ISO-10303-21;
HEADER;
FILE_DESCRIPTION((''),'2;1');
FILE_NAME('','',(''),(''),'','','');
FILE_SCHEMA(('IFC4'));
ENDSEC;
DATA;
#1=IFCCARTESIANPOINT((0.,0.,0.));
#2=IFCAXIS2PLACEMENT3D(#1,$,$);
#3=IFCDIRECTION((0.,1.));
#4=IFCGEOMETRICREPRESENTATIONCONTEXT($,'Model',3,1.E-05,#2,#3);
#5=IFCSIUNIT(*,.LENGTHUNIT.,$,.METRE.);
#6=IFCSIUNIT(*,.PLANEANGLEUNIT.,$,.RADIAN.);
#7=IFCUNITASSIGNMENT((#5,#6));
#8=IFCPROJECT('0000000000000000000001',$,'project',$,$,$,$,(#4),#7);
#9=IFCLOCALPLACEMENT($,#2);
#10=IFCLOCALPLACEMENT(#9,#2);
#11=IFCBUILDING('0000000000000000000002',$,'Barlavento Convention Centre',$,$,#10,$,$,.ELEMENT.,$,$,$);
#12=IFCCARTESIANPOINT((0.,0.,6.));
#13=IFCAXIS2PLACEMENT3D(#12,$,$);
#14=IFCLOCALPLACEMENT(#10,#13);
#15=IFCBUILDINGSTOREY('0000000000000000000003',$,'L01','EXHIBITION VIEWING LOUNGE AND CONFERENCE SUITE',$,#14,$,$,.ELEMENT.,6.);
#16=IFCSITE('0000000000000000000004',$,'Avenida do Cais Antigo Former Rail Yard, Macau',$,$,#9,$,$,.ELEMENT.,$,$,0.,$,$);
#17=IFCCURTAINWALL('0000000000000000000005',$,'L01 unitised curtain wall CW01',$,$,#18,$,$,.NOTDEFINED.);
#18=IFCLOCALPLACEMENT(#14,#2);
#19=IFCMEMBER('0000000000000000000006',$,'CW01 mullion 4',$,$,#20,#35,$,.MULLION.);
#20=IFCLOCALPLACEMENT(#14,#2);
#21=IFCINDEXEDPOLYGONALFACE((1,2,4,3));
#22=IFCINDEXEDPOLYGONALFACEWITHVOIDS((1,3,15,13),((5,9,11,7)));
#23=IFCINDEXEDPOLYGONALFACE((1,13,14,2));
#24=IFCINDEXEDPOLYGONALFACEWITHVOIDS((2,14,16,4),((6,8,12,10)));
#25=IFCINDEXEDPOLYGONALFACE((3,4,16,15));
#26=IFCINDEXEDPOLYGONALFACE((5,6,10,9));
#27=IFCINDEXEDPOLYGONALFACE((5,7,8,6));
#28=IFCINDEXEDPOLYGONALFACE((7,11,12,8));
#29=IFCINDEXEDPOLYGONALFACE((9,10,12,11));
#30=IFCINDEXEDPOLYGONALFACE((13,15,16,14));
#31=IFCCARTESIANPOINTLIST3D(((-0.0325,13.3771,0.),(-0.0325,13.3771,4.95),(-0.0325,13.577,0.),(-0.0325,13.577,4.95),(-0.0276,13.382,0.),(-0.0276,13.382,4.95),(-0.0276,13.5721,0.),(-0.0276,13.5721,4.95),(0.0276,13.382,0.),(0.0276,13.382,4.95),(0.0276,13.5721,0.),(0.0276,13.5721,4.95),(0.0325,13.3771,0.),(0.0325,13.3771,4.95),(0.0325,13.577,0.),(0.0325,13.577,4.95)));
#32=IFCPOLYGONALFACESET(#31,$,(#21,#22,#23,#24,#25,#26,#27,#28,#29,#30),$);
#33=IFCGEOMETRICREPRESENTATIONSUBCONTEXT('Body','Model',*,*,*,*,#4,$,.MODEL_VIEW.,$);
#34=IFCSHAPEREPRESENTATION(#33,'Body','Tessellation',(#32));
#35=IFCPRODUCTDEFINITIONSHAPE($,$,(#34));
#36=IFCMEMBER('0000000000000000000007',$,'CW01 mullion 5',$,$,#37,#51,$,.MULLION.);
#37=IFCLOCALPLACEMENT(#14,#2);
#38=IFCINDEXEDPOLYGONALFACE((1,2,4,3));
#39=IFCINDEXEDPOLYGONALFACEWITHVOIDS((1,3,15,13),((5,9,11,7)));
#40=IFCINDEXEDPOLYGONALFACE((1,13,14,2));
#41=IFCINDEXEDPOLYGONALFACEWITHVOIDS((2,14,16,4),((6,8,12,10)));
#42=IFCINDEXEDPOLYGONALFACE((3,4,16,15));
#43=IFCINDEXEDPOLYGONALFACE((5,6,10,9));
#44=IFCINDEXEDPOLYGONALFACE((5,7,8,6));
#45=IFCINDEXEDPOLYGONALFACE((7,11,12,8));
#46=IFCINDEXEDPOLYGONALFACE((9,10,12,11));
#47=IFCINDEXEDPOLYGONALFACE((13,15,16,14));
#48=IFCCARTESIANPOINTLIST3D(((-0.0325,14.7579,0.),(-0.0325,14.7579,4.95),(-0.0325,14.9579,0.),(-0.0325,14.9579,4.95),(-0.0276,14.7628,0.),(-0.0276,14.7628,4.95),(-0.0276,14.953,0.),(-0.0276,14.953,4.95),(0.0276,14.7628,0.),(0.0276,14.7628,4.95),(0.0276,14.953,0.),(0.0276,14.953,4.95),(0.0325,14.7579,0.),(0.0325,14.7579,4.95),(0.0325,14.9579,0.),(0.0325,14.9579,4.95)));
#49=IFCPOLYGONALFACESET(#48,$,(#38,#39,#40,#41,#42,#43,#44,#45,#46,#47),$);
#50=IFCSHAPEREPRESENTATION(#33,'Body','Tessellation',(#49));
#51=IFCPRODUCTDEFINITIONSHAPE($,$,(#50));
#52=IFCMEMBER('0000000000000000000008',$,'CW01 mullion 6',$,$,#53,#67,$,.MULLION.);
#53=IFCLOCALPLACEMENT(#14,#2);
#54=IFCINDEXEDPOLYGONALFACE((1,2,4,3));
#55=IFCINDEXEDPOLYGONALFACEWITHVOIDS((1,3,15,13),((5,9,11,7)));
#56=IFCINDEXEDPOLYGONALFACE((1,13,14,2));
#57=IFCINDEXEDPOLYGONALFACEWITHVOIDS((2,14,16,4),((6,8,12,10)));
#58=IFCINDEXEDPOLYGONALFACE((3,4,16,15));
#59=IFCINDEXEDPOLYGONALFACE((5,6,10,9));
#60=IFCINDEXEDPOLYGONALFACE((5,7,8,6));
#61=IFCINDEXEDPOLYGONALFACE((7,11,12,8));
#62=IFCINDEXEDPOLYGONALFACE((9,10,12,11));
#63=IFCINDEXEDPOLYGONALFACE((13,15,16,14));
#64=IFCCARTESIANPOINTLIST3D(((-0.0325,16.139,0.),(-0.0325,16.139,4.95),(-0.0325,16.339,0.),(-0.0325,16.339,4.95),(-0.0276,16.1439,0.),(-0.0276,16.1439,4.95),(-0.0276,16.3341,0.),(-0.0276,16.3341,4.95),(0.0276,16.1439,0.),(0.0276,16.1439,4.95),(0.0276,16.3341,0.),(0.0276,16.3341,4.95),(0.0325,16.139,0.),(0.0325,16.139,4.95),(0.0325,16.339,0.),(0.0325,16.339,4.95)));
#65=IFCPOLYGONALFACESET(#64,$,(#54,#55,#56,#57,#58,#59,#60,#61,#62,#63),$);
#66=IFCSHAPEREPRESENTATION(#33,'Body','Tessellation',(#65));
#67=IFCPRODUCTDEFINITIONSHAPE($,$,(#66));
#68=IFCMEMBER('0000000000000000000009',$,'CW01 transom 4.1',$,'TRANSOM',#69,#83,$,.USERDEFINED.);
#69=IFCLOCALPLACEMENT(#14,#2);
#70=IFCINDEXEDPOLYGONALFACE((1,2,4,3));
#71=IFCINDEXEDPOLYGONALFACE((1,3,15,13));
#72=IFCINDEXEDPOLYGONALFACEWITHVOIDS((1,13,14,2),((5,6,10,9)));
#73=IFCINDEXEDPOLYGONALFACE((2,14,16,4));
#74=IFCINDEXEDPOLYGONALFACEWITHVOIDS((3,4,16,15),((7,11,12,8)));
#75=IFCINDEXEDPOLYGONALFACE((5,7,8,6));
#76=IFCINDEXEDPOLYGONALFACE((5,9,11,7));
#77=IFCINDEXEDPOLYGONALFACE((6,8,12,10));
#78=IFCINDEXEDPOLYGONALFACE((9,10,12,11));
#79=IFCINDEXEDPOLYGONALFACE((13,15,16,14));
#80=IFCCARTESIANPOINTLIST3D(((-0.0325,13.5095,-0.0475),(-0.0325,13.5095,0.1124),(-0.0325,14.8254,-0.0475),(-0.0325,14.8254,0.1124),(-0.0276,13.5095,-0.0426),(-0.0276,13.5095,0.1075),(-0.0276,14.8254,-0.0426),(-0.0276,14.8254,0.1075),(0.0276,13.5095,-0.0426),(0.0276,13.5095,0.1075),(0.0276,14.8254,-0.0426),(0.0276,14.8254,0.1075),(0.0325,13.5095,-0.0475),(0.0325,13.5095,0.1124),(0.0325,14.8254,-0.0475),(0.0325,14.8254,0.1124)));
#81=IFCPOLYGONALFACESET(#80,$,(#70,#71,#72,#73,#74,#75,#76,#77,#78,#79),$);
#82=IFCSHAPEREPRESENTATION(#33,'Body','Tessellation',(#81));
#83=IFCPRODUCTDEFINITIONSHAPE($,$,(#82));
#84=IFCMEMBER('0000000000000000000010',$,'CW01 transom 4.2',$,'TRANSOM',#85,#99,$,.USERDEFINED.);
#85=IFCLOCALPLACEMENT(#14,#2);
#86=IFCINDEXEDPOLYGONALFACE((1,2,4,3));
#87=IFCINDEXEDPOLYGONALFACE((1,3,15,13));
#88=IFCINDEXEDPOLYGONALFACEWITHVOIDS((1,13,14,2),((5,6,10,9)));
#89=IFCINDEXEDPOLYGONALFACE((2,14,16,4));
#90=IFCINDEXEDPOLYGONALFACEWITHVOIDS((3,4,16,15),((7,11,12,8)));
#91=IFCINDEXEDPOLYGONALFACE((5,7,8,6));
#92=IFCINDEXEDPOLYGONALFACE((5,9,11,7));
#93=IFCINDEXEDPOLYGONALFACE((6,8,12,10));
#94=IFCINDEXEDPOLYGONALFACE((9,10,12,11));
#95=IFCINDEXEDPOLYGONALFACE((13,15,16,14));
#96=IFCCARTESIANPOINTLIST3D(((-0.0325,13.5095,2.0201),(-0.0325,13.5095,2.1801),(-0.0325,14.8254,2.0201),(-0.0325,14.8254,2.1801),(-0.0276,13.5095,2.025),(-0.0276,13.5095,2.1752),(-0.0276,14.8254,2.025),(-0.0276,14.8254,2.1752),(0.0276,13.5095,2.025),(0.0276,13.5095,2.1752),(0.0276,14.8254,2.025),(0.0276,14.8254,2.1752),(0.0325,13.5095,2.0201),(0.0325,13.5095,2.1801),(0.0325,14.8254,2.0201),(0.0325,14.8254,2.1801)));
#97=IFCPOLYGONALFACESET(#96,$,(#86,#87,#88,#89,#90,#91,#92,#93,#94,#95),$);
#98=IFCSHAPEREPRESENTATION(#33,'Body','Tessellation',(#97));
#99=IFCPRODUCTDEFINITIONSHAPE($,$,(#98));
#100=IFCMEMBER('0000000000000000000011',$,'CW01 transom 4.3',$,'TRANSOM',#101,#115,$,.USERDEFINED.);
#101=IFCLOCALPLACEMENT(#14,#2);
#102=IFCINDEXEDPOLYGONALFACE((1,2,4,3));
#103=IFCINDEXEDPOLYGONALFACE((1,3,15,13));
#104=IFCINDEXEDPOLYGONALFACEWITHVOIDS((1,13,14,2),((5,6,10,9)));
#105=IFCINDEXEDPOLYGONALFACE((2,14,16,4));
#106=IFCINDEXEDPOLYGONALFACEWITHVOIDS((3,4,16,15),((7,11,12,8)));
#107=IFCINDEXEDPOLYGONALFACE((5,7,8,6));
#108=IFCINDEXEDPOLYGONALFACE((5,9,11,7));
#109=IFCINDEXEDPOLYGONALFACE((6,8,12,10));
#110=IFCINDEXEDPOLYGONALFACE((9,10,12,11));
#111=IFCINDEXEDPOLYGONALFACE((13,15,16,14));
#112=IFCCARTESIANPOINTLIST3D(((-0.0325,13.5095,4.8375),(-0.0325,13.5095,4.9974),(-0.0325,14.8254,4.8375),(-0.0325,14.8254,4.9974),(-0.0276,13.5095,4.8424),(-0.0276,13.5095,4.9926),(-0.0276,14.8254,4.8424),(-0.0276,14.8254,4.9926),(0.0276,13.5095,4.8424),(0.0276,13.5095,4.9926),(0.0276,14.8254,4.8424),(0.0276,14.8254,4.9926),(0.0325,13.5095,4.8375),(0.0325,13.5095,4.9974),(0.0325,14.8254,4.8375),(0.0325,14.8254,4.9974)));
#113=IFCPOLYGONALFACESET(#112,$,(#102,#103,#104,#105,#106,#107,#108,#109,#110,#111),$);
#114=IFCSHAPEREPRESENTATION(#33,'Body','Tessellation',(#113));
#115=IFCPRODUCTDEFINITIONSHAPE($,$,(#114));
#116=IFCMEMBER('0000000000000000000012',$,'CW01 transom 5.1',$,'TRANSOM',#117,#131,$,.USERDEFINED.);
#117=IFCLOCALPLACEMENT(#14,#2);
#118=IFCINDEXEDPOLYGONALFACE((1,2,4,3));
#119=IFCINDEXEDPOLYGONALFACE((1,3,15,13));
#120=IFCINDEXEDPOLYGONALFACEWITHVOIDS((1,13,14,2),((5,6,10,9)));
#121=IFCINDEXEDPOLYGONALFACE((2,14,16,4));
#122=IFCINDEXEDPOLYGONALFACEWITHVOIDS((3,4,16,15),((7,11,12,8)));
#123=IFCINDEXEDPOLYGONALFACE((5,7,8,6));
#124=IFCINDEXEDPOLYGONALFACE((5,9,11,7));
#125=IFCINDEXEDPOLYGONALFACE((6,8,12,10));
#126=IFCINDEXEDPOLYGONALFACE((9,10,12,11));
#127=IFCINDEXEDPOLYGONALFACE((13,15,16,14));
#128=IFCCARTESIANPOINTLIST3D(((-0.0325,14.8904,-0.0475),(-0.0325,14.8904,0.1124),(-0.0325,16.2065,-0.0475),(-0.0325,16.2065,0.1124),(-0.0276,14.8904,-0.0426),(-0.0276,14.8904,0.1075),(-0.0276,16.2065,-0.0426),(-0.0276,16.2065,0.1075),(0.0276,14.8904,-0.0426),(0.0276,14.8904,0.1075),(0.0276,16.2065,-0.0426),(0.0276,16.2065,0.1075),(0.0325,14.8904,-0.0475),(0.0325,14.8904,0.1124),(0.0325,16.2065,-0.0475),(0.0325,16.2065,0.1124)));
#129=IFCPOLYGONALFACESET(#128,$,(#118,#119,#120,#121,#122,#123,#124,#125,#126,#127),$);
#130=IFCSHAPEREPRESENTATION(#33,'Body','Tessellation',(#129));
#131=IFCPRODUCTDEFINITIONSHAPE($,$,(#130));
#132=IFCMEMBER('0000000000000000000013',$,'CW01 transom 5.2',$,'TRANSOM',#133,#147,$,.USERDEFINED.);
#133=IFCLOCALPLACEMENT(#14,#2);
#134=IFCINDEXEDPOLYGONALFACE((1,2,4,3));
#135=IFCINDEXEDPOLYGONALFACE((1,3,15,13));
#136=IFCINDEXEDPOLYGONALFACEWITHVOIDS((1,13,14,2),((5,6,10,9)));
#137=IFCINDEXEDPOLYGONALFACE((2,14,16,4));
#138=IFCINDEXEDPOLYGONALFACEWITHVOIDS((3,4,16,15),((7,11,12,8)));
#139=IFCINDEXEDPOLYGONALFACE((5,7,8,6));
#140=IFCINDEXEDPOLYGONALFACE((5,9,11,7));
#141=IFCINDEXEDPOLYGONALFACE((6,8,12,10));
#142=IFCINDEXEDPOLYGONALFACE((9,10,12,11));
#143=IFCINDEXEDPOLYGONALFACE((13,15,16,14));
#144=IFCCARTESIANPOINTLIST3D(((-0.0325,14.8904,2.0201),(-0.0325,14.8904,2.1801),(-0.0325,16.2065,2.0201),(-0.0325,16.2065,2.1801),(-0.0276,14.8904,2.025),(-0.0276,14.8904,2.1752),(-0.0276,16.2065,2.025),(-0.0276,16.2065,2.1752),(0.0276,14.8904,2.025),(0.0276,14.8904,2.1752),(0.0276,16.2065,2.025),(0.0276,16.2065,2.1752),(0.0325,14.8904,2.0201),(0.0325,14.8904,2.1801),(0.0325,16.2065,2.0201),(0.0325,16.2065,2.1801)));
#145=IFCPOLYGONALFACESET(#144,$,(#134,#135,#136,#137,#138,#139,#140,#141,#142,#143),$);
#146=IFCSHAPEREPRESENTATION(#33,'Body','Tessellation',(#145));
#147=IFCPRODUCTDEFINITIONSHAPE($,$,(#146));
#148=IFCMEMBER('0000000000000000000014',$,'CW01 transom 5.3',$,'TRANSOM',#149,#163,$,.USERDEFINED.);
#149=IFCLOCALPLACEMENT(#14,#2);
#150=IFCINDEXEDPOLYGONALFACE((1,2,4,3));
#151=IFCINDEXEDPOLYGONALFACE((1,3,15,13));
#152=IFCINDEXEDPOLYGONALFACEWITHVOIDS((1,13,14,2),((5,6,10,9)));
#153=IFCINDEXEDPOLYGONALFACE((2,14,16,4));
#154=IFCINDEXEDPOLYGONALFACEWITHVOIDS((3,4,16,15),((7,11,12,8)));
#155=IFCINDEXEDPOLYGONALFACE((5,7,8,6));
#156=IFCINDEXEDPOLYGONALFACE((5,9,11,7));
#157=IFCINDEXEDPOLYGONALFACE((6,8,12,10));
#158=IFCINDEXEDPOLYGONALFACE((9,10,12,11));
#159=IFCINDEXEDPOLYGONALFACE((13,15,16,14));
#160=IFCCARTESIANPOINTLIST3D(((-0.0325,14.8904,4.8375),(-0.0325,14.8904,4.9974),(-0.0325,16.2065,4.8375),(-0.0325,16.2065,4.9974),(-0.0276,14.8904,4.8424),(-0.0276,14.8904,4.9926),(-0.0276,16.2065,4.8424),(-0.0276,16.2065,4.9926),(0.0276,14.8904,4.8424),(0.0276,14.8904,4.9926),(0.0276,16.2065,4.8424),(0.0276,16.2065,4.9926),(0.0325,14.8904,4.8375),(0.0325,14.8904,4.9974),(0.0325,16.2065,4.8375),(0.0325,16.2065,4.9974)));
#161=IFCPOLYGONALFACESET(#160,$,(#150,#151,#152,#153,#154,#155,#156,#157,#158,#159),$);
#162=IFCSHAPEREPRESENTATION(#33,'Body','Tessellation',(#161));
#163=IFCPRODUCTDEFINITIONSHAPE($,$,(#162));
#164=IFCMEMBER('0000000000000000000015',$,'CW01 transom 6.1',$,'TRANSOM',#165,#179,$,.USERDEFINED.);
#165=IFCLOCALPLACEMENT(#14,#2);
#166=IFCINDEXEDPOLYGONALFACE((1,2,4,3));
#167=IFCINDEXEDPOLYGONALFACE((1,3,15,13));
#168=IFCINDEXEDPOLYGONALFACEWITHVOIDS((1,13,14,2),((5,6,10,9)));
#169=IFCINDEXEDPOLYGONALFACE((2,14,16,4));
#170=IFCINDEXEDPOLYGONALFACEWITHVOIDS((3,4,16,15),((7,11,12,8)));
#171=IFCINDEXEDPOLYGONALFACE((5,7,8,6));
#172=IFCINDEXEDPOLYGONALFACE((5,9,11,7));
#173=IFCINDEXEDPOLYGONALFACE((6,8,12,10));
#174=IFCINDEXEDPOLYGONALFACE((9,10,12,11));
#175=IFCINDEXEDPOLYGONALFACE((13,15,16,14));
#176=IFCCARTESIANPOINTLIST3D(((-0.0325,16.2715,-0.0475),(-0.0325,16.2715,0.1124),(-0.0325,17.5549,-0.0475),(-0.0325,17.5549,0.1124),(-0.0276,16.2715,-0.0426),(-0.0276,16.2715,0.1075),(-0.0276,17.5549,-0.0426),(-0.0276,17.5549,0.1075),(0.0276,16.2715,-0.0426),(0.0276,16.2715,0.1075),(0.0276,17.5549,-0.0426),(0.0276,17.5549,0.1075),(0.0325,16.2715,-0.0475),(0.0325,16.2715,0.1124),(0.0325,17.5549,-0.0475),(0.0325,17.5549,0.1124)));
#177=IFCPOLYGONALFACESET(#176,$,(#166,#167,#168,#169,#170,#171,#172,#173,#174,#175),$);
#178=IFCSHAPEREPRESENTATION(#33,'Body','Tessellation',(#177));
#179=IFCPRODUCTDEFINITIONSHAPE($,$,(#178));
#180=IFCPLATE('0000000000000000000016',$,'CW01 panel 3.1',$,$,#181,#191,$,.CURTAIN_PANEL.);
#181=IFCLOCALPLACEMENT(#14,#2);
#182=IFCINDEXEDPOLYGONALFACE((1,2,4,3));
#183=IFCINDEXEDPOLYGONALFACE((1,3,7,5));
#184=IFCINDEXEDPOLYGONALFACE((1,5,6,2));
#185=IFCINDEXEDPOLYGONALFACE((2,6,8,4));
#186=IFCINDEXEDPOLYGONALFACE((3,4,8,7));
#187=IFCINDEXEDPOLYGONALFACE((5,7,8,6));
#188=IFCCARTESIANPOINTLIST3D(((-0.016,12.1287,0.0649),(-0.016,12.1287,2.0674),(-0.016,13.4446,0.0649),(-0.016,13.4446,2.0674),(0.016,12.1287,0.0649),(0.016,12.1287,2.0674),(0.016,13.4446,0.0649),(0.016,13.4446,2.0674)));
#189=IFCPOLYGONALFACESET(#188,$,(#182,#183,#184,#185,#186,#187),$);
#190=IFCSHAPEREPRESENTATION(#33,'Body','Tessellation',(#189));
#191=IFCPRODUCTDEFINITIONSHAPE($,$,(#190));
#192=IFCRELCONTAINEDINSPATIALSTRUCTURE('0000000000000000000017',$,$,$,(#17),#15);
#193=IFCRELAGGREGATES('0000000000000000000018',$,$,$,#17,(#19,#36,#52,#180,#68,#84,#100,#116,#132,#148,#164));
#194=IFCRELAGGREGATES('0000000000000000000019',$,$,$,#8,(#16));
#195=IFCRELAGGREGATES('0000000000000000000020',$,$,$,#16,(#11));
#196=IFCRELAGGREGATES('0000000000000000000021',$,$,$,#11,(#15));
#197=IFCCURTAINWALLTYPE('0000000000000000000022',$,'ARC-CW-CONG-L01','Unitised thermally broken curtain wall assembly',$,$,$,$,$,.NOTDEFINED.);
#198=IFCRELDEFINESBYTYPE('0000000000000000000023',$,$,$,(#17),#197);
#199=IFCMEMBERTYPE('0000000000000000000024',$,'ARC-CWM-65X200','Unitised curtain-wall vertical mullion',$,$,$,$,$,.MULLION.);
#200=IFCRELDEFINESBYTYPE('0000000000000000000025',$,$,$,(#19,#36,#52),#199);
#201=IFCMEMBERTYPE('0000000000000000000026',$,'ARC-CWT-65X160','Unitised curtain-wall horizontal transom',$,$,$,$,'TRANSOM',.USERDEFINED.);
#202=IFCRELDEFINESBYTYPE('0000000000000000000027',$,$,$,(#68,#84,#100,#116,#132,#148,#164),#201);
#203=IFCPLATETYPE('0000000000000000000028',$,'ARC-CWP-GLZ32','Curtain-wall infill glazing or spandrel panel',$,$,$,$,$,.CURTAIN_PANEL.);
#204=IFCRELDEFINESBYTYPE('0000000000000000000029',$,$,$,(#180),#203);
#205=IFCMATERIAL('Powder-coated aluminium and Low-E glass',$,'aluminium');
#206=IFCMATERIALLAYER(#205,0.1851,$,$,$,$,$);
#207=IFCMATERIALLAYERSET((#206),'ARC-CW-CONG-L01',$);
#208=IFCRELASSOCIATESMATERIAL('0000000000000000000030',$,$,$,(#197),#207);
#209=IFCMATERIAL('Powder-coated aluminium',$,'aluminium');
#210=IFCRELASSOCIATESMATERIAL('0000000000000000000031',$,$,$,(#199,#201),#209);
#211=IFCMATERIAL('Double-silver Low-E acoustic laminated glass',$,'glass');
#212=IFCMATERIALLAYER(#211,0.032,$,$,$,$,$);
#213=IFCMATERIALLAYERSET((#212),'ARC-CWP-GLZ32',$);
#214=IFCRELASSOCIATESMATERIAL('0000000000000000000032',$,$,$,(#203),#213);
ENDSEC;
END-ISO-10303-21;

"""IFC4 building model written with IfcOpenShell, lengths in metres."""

from ifc_helpers import new_model, si_unit, direction, frame, origin, origin_2d, place, context, subcontext, project, spatial, rectangle, hollow_rectangle, extrude, material, layer, layer_set, material_profile, profile_set, type_object, element, aggregate, save


model = new_model("IFC4")

# Units and contexts
model_context = context("Model", 3, precision=1e-05, world=origin(), true_north=direction((0.0, 1.0)))
body_context = subcontext(model_context, "Body", "Model", "MODEL_VIEW")
ifc_project = project(units=[si_unit("LENGTHUNIT", "METRE"), si_unit("PLANEANGLEUNIT", "RADIAN")], contexts=[model_context])

# Site, building, storey
site_placement = place(None, origin())
site = spatial("IfcSite", under=ifc_project, at=site_placement, Name="Avenida do Cais Antigo Former Rail Yard, Macau", CompositionType="ELEMENT", RefElevation=0.0)
building_placement = place(site_placement, origin())
building = spatial("IfcBuilding", under=site, at=building_placement, Name="Barlavento Convention Centre", CompositionType="ELEMENT")
storey_placement = place(building_placement, frame((0.0, 0.0, 6.0)))
storey = spatial("IfcBuildingStorey", under=building, at=storey_placement, Name="L01", Description="EXHIBITION VIEWING LOUNGE AND CONFERENCE SUITE", CompositionType="ELEMENT", Elevation=6.0)

# Curtain wall, members, plate
ifc_material_1 = material(Name="Powder-coated aluminium and Low-E glass", Category="aluminium")
ifc_layer_1 = layer(ifc_material_1, 0.1851)
ifc_layer_set_1 = layer_set([ifc_layer_1], Name="ARC-CW-CONG-L01")
curtain_wall_type = type_object("IfcCurtainWallType", Name="ARC-CW-CONG-L01", Description="Unitised thermally broken curtain wall assembly", PredefinedType="NOTDEFINED", material=ifc_layer_set_1)
curtain_wall_placement = place(storey_placement, origin())
curtain_wall = element("IfcCurtainWall", 1, at=curtain_wall_placement, inside=storey, type_object=curtain_wall_type, Name="L01 unitised curtain wall CW01", PredefinedType="NOTDEFINED")
ifc_material_2 = material(Name="Powder-coated aluminium", Category="aluminium")
ifc_material_profile_1 = material_profile(ifc_material_2, hollow_rectangle(XDim=0.0649, YDim=0.2, WallThickness=0.0049, at=origin_2d()), Name="AL-MULL 65x200x5")
ifc_profile_set_1 = profile_set([ifc_material_profile_1], Name="Powder-coated aluminium")
member_type_1 = type_object("IfcMemberType", Name="ARC-CWM-65X200", Description="Unitised curtain-wall vertical mullion", PredefinedType="MULLION", material=ifc_profile_set_1)
member_1_placement = place(storey_placement, frame((0.0, 13.4771, 0.0), z_axis=(0.0, 0.0, 1.0), x_axis=(-1.0, 0.0, 0.0)))
member_1 = element("IfcMember", 2, at=member_1_placement, type_object=member_type_1, Name="CW01 mullion 4", PredefinedType="MULLION", context=body_context, shape_type="SweptSolid", body=[
    extrude(hollow_rectangle(XDim=0.0649, YDim=0.2, WallThickness=0.0049, at=origin_2d()), origin(), (0.0, 0.0, 1.0), 4.95),
])
member_2_placement = place(storey_placement, frame((0.0, 14.8579, 0.0), z_axis=(0.0, 0.0, 1.0), x_axis=(-1.0, 0.0, 0.0)))
member_2 = element("IfcMember", 3, at=member_2_placement, type_object=member_type_1, Name="CW01 mullion 5", PredefinedType="MULLION", context=body_context, shape_type="SweptSolid", body=[
    extrude(hollow_rectangle(XDim=0.0649, YDim=0.2, WallThickness=0.0049, at=origin_2d()), origin(), (0.0, 0.0, 1.0), 4.95),
])
member_3_placement = place(storey_placement, frame((0.0, 16.239, 0.0), z_axis=(0.0, 0.0, 1.0), x_axis=(-1.0, 0.0, 0.0)))
member_3 = element("IfcMember", 4, at=member_3_placement, type_object=member_type_1, Name="CW01 mullion 6", PredefinedType="MULLION", context=body_context, shape_type="SweptSolid", body=[
    extrude(hollow_rectangle(XDim=0.0649, YDim=0.2, WallThickness=0.0049, at=origin_2d()), origin(), (0.0, 0.0, 1.0), 4.95),
])
ifc_material_profile_2 = material_profile(ifc_material_2, hollow_rectangle(XDim=0.0649, YDim=0.1599, WallThickness=0.0049, at=origin_2d()), Name="AL-TRAN 65x160x5")
ifc_profile_set_2 = profile_set([ifc_material_profile_2], Name="Powder-coated aluminium")
member_type_2 = type_object("IfcMemberType", Name="ARC-CWT-65X160", Description="Unitised curtain-wall horizontal transom", ElementType="TRANSOM", PredefinedType="USERDEFINED", material=ifc_profile_set_2)
member_4_placement = place(storey_placement, frame((0.0, 13.5095, 0.0325), z_axis=(0.0, 1.0, 0.0), x_axis=(-1.0, 0.0, 0.0)))
member_4 = element("IfcMember", 5, at=member_4_placement, type_object=member_type_2, Name="CW01 transom 4.1", ObjectType="TRANSOM", PredefinedType="USERDEFINED", context=body_context, shape_type="SweptSolid", body=[
    extrude(hollow_rectangle(XDim=0.0649, YDim=0.1599, WallThickness=0.0049, at=origin_2d()), origin(), (0.0, 0.0, 1.0), 1.3159),
])
member_5_placement = place(storey_placement, frame((0.0, 13.5095, 2.1001), z_axis=(0.0, 1.0, 0.0), x_axis=(-1.0, 0.0, 0.0)))
member_5 = element("IfcMember", 6, at=member_5_placement, type_object=member_type_2, Name="CW01 transom 4.2", ObjectType="TRANSOM", PredefinedType="USERDEFINED", context=body_context, shape_type="SweptSolid", body=[
    extrude(hollow_rectangle(XDim=0.0649, YDim=0.1599, WallThickness=0.0049, at=origin_2d()), origin(), (0.0, 0.0, 1.0), 1.3159),
])
member_6_placement = place(storey_placement, frame((0.0, 13.5095, 4.9175), z_axis=(0.0, 1.0, 0.0), x_axis=(-1.0, 0.0, 0.0)))
member_6 = element("IfcMember", 7, at=member_6_placement, type_object=member_type_2, Name="CW01 transom 4.3", ObjectType="TRANSOM", PredefinedType="USERDEFINED", context=body_context, shape_type="SweptSolid", body=[
    extrude(hollow_rectangle(XDim=0.0649, YDim=0.1599, WallThickness=0.0049, at=origin_2d()), origin(), (0.0, 0.0, 1.0), 1.3159),
])
member_7_placement = place(storey_placement, frame((0.0, 14.8904, 0.0325), z_axis=(0.0, 1.0, 0.0), x_axis=(-1.0, 0.0, 0.0)))
member_7 = element("IfcMember", 8, at=member_7_placement, type_object=member_type_2, Name="CW01 transom 5.1", ObjectType="TRANSOM", PredefinedType="USERDEFINED", context=body_context, shape_type="SweptSolid", body=[
    extrude(hollow_rectangle(XDim=0.0649, YDim=0.1599, WallThickness=0.0049, at=origin_2d()), origin(), (0.0, 0.0, 1.0), 1.3162),
])
member_8_placement = place(storey_placement, frame((0.0, 14.8904, 2.1001), z_axis=(0.0, 1.0, 0.0), x_axis=(-1.0, 0.0, 0.0)))
member_8 = element("IfcMember", 9, at=member_8_placement, type_object=member_type_2, Name="CW01 transom 5.2", ObjectType="TRANSOM", PredefinedType="USERDEFINED", context=body_context, shape_type="SweptSolid", body=[
    extrude(hollow_rectangle(XDim=0.0649, YDim=0.1599, WallThickness=0.0049, at=origin_2d()), origin(), (0.0, 0.0, 1.0), 1.3162),
])
member_9_placement = place(storey_placement, frame((0.0, 14.8904, 4.9175), z_axis=(0.0, 1.0, 0.0), x_axis=(-1.0, 0.0, 0.0)))
member_9 = element("IfcMember", 10, at=member_9_placement, type_object=member_type_2, Name="CW01 transom 5.3", ObjectType="TRANSOM", PredefinedType="USERDEFINED", context=body_context, shape_type="SweptSolid", body=[
    extrude(hollow_rectangle(XDim=0.0649, YDim=0.1599, WallThickness=0.0049, at=origin_2d()), origin(), (0.0, 0.0, 1.0), 1.3162),
])
member_10_placement = place(storey_placement, frame((0.0, 16.2715, 0.0325), z_axis=(0.0, 1.0, 0.0), x_axis=(-1.0, 0.0, 0.0)))
member_10 = element("IfcMember", 11, at=member_10_placement, type_object=member_type_2, Name="CW01 transom 6.1", ObjectType="TRANSOM", PredefinedType="USERDEFINED", context=body_context, shape_type="SweptSolid", body=[
    extrude(hollow_rectangle(XDim=0.0649, YDim=0.1599, WallThickness=0.0049, at=origin_2d()), origin(), (0.0, 0.0, 1.0), 1.2834),
])
ifc_material_3 = material(Name="Double-silver Low-E acoustic laminated glass", Category="glass")
ifc_layer_2 = layer(ifc_material_3, 0.032)
ifc_layer_set_2 = layer_set([ifc_layer_2], Name="ARC-CWP-GLZ32")
plate_type = type_object("IfcPlateType", Name="ARC-CWP-GLZ32", Description="Curtain-wall infill glazing or spandrel panel", PredefinedType="CURTAIN_PANEL", material=ifc_layer_set_2)
plate_1_placement = place(storey_placement, frame((0.0, 12.7866, 0.0649), z_axis=(0.0, 0.0, 1.0), x_axis=(0.0, 1.0, 0.0)))
plate_1 = element("IfcPlate", 12, at=plate_1_placement, type_object=plate_type, Name="CW01 panel 3.1", PredefinedType="CURTAIN_PANEL", context=body_context, shape_type="SweptSolid", body=[
    extrude(rectangle(XDim=1.3159, YDim=0.032, at=origin_2d()), origin(), (0.0, 0.0, 1.0), 2.0024),
])
aggregate(curtain_wall, [member_1, member_2, member_3, plate_1, member_4, member_5, member_6, member_7, member_8, member_9, member_10])

save(model, "model.ifc")
